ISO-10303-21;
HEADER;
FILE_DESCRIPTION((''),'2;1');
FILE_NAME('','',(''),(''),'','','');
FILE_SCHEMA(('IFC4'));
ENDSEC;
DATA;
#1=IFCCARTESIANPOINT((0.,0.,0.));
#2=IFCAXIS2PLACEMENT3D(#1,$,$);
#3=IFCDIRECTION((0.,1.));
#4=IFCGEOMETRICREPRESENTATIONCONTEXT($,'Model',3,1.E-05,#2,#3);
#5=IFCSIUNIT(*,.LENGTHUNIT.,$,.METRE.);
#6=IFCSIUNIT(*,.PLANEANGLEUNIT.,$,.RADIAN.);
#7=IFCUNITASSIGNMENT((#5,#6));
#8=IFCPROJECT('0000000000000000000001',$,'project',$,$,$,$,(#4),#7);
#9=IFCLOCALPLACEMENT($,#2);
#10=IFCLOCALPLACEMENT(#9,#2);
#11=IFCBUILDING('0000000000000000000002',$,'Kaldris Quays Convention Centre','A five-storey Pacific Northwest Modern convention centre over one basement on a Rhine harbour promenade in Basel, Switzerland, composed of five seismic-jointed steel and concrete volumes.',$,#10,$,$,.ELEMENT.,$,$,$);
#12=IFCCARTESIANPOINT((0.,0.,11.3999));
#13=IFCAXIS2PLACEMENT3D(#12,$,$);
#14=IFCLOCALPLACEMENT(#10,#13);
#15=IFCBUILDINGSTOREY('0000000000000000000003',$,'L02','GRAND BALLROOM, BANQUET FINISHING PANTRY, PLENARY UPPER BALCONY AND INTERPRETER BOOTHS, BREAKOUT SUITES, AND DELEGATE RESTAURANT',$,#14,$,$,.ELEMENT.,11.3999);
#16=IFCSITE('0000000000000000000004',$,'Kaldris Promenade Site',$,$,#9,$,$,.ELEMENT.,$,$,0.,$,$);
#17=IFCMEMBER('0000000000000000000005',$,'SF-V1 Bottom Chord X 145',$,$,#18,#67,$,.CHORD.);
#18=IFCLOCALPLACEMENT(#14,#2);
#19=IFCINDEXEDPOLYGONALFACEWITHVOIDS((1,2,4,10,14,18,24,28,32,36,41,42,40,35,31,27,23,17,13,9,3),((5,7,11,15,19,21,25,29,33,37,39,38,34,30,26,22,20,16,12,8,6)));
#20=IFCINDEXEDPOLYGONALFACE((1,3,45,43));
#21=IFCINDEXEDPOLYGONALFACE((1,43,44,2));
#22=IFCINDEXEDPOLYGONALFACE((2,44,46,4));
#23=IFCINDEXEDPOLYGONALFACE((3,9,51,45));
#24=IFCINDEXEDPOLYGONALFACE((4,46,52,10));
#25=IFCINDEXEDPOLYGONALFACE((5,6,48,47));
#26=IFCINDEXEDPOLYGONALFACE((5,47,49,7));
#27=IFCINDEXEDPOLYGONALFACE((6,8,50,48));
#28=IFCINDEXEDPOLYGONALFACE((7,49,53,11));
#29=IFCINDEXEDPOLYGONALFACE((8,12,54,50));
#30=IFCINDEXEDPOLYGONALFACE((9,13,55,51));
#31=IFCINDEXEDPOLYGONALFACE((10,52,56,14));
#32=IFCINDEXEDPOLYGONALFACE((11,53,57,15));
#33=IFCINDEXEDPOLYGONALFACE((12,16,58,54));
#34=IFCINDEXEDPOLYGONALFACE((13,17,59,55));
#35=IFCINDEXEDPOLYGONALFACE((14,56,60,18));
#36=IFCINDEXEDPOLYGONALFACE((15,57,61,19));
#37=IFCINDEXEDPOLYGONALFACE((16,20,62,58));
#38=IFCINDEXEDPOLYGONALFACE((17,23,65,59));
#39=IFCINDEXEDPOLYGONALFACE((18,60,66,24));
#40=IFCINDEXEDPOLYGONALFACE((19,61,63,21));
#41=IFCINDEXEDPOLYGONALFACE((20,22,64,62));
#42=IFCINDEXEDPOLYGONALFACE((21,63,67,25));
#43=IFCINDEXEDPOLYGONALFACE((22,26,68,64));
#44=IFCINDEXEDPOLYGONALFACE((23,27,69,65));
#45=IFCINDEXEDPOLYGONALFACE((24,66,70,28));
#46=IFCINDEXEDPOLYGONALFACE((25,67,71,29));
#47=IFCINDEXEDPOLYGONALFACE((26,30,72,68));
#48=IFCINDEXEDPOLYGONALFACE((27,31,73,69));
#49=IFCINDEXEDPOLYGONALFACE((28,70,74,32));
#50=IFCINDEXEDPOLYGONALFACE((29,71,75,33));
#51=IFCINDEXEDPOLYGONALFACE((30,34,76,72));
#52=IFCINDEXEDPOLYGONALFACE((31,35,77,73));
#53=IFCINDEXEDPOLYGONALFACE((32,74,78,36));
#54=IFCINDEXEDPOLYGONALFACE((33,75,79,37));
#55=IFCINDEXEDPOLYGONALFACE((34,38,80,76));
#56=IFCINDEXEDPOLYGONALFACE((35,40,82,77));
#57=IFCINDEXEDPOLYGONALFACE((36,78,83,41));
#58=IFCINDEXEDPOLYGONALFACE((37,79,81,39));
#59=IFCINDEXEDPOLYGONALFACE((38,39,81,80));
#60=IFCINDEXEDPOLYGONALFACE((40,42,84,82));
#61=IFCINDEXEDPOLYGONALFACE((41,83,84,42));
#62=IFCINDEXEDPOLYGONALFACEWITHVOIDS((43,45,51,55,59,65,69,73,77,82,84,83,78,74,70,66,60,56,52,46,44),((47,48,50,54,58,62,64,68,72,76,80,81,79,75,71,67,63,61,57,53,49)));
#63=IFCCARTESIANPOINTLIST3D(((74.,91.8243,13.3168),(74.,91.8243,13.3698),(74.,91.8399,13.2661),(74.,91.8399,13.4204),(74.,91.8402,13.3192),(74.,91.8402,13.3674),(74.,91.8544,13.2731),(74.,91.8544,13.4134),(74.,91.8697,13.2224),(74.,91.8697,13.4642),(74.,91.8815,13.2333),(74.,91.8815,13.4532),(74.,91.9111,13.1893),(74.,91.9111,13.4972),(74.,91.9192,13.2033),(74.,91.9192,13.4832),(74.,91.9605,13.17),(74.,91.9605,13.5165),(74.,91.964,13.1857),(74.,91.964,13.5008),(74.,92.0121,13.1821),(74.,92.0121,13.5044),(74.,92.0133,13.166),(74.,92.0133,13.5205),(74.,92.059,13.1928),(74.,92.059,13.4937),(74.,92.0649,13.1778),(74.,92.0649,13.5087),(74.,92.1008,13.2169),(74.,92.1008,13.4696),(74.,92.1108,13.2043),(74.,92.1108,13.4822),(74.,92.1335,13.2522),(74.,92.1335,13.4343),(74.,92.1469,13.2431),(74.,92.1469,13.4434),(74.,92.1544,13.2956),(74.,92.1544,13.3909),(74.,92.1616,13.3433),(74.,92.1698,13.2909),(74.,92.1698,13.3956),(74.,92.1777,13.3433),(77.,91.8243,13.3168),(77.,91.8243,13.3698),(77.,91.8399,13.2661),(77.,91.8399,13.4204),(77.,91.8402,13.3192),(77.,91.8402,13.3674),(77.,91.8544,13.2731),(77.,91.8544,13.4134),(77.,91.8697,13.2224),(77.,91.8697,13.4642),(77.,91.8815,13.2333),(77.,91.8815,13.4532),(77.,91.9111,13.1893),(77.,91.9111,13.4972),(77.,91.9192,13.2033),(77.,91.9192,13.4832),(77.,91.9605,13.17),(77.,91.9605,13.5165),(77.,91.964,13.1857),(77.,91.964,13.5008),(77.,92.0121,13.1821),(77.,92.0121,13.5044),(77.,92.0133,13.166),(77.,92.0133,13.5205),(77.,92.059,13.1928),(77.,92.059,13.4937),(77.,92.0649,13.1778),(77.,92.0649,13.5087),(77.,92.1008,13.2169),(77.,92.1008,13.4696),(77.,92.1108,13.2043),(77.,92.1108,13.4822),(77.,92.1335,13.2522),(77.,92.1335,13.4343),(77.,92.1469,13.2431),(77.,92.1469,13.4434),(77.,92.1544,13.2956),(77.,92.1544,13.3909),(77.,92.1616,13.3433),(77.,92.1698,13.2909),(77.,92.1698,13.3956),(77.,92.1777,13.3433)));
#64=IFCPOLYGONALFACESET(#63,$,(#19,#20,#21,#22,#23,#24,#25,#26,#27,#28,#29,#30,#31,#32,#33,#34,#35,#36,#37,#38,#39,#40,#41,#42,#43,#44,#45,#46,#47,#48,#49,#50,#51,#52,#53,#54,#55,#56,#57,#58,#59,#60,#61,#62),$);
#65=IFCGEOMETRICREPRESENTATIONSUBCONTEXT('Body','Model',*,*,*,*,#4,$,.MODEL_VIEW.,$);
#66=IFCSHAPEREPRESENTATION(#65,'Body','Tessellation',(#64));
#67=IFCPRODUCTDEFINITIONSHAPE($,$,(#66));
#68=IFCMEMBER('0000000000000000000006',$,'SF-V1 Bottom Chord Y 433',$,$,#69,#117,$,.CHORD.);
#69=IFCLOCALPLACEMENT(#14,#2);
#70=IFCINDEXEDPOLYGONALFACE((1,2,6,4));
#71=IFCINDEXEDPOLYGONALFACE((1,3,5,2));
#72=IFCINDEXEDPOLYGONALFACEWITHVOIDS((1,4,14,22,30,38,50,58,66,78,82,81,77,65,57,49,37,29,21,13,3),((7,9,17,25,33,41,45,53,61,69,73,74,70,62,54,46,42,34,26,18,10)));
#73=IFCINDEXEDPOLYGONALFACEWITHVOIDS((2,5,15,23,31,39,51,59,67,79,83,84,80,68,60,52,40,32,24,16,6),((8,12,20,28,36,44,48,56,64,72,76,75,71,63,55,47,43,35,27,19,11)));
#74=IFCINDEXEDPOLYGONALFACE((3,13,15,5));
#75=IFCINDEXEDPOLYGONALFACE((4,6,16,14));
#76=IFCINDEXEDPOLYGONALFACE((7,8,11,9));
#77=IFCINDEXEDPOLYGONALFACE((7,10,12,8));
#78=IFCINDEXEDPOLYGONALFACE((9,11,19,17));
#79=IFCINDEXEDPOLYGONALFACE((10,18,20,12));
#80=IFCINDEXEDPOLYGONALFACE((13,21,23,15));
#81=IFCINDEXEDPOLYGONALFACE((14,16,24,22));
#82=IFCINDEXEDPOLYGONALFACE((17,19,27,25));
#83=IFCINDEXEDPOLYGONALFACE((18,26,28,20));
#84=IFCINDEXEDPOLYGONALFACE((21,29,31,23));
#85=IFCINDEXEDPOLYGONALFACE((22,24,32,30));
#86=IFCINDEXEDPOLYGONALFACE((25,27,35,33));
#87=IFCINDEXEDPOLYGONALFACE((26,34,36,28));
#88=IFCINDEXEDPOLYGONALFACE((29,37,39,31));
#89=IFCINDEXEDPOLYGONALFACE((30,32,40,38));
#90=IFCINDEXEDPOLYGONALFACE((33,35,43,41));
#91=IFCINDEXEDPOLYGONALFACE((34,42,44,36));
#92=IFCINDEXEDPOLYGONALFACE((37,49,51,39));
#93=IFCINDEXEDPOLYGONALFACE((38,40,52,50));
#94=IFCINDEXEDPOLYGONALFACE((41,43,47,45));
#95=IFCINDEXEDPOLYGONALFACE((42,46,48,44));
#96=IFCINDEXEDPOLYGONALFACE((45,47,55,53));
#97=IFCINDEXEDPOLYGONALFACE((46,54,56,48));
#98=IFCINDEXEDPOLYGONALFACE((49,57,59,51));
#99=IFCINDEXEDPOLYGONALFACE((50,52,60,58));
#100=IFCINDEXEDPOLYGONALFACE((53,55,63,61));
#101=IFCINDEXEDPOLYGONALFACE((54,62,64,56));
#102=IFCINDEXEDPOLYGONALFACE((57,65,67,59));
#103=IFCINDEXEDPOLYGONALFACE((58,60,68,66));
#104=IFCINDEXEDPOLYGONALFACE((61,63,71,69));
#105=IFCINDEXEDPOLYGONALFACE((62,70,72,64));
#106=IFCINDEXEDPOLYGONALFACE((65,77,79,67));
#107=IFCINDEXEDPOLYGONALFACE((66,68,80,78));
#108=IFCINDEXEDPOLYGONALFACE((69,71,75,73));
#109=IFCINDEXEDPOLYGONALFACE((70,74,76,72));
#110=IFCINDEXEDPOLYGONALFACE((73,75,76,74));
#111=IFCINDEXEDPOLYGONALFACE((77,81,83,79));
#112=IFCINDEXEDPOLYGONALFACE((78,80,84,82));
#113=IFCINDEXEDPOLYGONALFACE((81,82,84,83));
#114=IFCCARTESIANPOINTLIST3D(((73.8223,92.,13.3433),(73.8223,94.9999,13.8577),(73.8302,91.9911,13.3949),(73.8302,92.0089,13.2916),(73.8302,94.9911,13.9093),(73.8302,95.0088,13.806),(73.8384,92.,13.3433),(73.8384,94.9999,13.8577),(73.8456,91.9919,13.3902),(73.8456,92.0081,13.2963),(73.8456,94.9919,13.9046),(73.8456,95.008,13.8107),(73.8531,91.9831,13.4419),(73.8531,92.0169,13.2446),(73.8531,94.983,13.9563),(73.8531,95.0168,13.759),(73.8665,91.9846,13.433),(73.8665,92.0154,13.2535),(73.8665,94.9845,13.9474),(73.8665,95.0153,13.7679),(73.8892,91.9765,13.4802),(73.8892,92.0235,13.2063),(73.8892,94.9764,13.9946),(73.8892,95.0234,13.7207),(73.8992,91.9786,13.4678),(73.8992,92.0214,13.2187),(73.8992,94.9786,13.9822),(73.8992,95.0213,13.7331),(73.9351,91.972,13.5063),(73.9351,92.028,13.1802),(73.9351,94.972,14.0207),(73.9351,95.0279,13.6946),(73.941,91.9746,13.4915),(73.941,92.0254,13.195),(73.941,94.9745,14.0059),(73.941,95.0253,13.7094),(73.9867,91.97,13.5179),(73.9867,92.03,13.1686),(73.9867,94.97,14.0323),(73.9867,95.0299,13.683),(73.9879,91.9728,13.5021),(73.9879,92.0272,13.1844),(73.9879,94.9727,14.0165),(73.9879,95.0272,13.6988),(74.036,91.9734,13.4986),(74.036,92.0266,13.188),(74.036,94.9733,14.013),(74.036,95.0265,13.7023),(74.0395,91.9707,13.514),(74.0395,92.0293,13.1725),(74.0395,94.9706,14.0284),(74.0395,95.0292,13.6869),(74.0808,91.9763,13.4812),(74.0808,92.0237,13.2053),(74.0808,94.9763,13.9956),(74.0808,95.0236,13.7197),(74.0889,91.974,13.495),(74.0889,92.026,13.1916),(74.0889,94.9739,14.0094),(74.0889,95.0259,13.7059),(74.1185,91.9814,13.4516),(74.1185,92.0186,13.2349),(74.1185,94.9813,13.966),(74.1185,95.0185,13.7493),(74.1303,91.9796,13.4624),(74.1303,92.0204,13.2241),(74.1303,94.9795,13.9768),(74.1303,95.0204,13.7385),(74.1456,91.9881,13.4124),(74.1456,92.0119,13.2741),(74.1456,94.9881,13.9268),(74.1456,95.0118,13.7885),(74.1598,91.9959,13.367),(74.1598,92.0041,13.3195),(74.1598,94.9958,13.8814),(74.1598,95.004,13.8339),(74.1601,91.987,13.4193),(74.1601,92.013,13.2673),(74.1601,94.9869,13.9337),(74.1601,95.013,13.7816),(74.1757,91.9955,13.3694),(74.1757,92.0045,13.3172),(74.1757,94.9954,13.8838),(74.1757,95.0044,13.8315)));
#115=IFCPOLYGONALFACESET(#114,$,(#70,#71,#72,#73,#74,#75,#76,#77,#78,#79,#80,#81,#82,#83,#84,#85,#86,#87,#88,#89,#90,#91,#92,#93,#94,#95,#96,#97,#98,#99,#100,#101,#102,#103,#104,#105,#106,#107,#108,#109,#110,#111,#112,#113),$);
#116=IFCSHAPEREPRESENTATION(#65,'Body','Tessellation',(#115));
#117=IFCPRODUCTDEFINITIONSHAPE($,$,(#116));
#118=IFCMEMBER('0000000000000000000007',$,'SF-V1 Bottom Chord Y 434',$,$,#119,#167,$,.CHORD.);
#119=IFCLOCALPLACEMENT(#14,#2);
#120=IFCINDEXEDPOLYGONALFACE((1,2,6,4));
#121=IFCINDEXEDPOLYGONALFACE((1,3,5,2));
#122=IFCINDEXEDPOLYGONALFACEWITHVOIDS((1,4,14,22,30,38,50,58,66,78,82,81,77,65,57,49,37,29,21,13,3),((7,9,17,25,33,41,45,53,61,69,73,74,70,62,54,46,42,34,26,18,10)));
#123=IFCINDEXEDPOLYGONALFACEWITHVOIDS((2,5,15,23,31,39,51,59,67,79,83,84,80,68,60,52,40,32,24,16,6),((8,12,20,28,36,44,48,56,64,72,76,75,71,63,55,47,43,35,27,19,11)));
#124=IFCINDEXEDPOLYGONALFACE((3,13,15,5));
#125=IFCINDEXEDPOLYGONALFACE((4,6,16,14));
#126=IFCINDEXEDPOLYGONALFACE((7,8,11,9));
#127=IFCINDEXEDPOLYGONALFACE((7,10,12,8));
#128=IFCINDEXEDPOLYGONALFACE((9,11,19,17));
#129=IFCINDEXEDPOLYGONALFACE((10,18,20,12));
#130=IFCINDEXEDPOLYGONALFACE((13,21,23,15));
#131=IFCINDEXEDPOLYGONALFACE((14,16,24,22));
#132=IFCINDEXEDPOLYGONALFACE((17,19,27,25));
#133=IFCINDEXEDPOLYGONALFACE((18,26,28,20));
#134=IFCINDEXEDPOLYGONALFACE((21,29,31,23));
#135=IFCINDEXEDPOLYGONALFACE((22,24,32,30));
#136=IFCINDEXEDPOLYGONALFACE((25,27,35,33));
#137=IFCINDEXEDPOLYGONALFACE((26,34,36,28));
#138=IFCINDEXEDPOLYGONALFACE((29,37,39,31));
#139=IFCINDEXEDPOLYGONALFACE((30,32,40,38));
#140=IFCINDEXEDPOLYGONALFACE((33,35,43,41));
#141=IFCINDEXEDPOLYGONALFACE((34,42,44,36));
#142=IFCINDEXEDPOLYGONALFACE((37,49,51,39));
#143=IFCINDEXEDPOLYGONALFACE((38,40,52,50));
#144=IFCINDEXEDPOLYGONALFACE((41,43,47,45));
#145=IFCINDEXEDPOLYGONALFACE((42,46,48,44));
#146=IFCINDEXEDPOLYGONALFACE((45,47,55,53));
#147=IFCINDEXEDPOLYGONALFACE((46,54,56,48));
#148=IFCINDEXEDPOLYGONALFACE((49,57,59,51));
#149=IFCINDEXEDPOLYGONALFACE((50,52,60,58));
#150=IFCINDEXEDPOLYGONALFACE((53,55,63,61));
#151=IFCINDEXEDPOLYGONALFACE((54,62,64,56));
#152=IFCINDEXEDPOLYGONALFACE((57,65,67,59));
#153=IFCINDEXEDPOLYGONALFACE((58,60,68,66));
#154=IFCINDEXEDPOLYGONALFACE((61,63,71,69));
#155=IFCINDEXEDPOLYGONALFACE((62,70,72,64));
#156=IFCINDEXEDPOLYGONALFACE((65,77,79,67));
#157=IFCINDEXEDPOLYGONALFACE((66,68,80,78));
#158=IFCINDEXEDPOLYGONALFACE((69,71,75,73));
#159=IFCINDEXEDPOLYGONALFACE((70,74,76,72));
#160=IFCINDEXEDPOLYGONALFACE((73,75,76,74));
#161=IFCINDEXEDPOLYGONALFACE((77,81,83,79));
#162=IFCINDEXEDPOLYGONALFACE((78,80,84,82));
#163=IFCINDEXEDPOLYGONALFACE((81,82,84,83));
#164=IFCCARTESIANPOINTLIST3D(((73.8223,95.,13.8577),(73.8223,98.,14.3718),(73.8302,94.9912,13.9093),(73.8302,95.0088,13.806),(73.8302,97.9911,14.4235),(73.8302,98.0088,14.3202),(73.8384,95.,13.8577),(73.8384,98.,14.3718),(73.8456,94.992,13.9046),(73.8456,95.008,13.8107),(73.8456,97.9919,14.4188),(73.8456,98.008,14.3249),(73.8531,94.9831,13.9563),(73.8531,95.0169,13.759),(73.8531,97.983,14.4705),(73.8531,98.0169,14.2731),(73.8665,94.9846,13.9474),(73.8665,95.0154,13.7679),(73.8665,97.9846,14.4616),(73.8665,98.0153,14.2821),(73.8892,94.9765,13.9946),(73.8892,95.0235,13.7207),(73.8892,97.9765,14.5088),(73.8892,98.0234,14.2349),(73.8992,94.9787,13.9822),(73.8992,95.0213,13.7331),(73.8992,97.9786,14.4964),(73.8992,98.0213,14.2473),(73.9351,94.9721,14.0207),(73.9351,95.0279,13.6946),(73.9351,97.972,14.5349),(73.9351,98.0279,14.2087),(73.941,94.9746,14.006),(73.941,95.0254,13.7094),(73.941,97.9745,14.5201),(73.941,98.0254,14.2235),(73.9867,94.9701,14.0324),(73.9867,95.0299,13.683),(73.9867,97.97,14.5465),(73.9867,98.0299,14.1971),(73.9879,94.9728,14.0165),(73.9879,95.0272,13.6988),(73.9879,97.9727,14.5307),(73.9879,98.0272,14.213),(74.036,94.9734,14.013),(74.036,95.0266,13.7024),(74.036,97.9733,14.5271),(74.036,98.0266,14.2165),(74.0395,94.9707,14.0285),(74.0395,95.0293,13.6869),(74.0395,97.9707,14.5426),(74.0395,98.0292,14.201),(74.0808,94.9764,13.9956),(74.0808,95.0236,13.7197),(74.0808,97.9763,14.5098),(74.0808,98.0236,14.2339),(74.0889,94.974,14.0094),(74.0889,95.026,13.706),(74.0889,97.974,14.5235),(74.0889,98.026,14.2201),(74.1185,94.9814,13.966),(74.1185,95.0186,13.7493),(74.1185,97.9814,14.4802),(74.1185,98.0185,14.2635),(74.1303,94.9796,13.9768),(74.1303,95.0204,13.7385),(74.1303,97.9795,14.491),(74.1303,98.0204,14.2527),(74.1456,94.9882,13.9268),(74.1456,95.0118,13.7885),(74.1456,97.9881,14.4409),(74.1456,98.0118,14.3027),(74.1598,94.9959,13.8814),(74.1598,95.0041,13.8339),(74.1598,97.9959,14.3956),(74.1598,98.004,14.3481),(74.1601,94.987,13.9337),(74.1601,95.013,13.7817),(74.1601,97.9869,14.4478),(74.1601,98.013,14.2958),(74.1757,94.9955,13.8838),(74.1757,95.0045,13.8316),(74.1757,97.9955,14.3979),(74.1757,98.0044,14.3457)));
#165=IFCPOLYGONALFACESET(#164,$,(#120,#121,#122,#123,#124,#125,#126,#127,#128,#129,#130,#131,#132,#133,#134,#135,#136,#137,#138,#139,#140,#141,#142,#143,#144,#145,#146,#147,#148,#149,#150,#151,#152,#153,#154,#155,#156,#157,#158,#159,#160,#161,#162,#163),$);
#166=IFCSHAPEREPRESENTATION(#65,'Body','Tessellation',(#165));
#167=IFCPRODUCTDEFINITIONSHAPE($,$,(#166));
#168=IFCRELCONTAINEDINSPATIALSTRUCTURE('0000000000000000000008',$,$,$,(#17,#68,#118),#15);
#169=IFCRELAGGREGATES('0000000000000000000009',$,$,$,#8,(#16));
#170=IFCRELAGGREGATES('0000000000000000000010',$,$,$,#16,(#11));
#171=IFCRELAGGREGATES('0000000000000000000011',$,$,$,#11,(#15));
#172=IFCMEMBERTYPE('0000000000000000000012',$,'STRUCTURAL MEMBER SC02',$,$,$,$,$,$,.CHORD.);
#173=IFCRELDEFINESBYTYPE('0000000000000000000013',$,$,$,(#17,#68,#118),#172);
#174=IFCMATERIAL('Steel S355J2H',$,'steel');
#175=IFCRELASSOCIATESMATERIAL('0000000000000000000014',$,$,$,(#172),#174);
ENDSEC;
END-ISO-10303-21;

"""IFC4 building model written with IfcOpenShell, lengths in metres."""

from ifc_helpers import new_model, si_unit, direction, frame, origin, origin_2d, place, context, subcontext, project, spatial, hollow_circle, extrude, material, material_profile, profile_set, type_object, element, save


model = new_model("IFC4")

# Units and contexts
model_context = context("Model", 3, precision=1e-05, world=origin(), true_north=direction((0.0, 1.0)))
body_context = subcontext(model_context, "Body", "Model", "MODEL_VIEW")
ifc_project = project(units=[si_unit("LENGTHUNIT", "METRE"), si_unit("PLANEANGLEUNIT", "RADIAN")], contexts=[model_context])

# Site, building, storey
site_placement = place(None, origin())
site = spatial("IfcSite", under=ifc_project, at=site_placement, Name="Kaldris Promenade Site", CompositionType="ELEMENT", RefElevation=0.0)
building_placement = place(site_placement, origin())
building = spatial("IfcBuilding", under=site, at=building_placement, Name="Kaldris Quays Convention Centre", Description="A five-storey Pacific Northwest Modern convention centre over one basement on a Rhine harbour promenade in Basel, Switzerland, composed of five seismic-jointed steel and concrete volumes.", CompositionType="ELEMENT")
storey_placement = place(building_placement, frame((0.0, 0.0, 11.3999)))
storey = spatial("IfcBuildingStorey", under=building, at=storey_placement, Name="L02", Description="GRAND BALLROOM, BANQUET FINISHING PANTRY, PLENARY UPPER BALCONY AND INTERPRETER BOOTHS, BREAKOUT SUITES, AND DELEGATE RESTAURANT", CompositionType="ELEMENT", Elevation=11.3999)

# Members
ifc_material_1 = material(Name="Steel S355J2H", Category="steel")
ifc_material_profile_1 = material_profile(ifc_material_1, hollow_circle(Radius=0.1777, WallThickness=0.0161, at=origin_2d()), Name="CHS 355.6x16")
ifc_profile_set_1 = profile_set([ifc_material_profile_1], Name="Steel S355J2H")
member_type_1 = type_object("IfcMemberType", Name="STRUCTURAL MEMBER SC02", PredefinedType="CHORD", material=ifc_profile_set_1)
for number, where, z_axis, x_axis, name in (
    (1, (74.0, 92.0, 13.3433), (1.0, 0.0, 0.0), (0.0, 1.0, 0.0), "SF-V1 Bottom Chord X 145"),
):
    element("IfcMember", number, at=place(storey_placement, frame(where, z_axis=z_axis, x_axis=x_axis)), inside=storey, type_object=member_type_1, Name=name, PredefinedType="CHORD", context=body_context, shape_type="SweptSolid", body=[
        extrude(hollow_circle(Radius=0.1777, WallThickness=0.0161, at=origin_2d()), origin(), (0.0, 0.0, 1.0), 3.0),
    ])
for number, where, z_axis, x_axis, name in (
    (2, (74.0, 92.0, 13.3433), (0.0, 0.985616, 0.169002), (-1.0, 0.0, 0.0), "SF-V1 Bottom Chord Y 433"),
    (3, (74.0, 95.0, 13.8577), (0.0, 0.985629, 0.168924), (-1.0, 0.0, 0.0), "SF-V1 Bottom Chord Y 434"),
):
    element("IfcMember", number, at=place(storey_placement, frame(where, z_axis=z_axis, x_axis=x_axis)), inside=storey, type_object=member_type_1, Name=name, PredefinedType="CHORD", context=body_context, shape_type="SweptSolid", body=[
        extrude(hollow_circle(Radius=0.1777, WallThickness=0.0161, at=origin_2d()), origin(), (0.0, 0.0, 1.0), 3.0437),
    ])

save(model, "model.ifc")
